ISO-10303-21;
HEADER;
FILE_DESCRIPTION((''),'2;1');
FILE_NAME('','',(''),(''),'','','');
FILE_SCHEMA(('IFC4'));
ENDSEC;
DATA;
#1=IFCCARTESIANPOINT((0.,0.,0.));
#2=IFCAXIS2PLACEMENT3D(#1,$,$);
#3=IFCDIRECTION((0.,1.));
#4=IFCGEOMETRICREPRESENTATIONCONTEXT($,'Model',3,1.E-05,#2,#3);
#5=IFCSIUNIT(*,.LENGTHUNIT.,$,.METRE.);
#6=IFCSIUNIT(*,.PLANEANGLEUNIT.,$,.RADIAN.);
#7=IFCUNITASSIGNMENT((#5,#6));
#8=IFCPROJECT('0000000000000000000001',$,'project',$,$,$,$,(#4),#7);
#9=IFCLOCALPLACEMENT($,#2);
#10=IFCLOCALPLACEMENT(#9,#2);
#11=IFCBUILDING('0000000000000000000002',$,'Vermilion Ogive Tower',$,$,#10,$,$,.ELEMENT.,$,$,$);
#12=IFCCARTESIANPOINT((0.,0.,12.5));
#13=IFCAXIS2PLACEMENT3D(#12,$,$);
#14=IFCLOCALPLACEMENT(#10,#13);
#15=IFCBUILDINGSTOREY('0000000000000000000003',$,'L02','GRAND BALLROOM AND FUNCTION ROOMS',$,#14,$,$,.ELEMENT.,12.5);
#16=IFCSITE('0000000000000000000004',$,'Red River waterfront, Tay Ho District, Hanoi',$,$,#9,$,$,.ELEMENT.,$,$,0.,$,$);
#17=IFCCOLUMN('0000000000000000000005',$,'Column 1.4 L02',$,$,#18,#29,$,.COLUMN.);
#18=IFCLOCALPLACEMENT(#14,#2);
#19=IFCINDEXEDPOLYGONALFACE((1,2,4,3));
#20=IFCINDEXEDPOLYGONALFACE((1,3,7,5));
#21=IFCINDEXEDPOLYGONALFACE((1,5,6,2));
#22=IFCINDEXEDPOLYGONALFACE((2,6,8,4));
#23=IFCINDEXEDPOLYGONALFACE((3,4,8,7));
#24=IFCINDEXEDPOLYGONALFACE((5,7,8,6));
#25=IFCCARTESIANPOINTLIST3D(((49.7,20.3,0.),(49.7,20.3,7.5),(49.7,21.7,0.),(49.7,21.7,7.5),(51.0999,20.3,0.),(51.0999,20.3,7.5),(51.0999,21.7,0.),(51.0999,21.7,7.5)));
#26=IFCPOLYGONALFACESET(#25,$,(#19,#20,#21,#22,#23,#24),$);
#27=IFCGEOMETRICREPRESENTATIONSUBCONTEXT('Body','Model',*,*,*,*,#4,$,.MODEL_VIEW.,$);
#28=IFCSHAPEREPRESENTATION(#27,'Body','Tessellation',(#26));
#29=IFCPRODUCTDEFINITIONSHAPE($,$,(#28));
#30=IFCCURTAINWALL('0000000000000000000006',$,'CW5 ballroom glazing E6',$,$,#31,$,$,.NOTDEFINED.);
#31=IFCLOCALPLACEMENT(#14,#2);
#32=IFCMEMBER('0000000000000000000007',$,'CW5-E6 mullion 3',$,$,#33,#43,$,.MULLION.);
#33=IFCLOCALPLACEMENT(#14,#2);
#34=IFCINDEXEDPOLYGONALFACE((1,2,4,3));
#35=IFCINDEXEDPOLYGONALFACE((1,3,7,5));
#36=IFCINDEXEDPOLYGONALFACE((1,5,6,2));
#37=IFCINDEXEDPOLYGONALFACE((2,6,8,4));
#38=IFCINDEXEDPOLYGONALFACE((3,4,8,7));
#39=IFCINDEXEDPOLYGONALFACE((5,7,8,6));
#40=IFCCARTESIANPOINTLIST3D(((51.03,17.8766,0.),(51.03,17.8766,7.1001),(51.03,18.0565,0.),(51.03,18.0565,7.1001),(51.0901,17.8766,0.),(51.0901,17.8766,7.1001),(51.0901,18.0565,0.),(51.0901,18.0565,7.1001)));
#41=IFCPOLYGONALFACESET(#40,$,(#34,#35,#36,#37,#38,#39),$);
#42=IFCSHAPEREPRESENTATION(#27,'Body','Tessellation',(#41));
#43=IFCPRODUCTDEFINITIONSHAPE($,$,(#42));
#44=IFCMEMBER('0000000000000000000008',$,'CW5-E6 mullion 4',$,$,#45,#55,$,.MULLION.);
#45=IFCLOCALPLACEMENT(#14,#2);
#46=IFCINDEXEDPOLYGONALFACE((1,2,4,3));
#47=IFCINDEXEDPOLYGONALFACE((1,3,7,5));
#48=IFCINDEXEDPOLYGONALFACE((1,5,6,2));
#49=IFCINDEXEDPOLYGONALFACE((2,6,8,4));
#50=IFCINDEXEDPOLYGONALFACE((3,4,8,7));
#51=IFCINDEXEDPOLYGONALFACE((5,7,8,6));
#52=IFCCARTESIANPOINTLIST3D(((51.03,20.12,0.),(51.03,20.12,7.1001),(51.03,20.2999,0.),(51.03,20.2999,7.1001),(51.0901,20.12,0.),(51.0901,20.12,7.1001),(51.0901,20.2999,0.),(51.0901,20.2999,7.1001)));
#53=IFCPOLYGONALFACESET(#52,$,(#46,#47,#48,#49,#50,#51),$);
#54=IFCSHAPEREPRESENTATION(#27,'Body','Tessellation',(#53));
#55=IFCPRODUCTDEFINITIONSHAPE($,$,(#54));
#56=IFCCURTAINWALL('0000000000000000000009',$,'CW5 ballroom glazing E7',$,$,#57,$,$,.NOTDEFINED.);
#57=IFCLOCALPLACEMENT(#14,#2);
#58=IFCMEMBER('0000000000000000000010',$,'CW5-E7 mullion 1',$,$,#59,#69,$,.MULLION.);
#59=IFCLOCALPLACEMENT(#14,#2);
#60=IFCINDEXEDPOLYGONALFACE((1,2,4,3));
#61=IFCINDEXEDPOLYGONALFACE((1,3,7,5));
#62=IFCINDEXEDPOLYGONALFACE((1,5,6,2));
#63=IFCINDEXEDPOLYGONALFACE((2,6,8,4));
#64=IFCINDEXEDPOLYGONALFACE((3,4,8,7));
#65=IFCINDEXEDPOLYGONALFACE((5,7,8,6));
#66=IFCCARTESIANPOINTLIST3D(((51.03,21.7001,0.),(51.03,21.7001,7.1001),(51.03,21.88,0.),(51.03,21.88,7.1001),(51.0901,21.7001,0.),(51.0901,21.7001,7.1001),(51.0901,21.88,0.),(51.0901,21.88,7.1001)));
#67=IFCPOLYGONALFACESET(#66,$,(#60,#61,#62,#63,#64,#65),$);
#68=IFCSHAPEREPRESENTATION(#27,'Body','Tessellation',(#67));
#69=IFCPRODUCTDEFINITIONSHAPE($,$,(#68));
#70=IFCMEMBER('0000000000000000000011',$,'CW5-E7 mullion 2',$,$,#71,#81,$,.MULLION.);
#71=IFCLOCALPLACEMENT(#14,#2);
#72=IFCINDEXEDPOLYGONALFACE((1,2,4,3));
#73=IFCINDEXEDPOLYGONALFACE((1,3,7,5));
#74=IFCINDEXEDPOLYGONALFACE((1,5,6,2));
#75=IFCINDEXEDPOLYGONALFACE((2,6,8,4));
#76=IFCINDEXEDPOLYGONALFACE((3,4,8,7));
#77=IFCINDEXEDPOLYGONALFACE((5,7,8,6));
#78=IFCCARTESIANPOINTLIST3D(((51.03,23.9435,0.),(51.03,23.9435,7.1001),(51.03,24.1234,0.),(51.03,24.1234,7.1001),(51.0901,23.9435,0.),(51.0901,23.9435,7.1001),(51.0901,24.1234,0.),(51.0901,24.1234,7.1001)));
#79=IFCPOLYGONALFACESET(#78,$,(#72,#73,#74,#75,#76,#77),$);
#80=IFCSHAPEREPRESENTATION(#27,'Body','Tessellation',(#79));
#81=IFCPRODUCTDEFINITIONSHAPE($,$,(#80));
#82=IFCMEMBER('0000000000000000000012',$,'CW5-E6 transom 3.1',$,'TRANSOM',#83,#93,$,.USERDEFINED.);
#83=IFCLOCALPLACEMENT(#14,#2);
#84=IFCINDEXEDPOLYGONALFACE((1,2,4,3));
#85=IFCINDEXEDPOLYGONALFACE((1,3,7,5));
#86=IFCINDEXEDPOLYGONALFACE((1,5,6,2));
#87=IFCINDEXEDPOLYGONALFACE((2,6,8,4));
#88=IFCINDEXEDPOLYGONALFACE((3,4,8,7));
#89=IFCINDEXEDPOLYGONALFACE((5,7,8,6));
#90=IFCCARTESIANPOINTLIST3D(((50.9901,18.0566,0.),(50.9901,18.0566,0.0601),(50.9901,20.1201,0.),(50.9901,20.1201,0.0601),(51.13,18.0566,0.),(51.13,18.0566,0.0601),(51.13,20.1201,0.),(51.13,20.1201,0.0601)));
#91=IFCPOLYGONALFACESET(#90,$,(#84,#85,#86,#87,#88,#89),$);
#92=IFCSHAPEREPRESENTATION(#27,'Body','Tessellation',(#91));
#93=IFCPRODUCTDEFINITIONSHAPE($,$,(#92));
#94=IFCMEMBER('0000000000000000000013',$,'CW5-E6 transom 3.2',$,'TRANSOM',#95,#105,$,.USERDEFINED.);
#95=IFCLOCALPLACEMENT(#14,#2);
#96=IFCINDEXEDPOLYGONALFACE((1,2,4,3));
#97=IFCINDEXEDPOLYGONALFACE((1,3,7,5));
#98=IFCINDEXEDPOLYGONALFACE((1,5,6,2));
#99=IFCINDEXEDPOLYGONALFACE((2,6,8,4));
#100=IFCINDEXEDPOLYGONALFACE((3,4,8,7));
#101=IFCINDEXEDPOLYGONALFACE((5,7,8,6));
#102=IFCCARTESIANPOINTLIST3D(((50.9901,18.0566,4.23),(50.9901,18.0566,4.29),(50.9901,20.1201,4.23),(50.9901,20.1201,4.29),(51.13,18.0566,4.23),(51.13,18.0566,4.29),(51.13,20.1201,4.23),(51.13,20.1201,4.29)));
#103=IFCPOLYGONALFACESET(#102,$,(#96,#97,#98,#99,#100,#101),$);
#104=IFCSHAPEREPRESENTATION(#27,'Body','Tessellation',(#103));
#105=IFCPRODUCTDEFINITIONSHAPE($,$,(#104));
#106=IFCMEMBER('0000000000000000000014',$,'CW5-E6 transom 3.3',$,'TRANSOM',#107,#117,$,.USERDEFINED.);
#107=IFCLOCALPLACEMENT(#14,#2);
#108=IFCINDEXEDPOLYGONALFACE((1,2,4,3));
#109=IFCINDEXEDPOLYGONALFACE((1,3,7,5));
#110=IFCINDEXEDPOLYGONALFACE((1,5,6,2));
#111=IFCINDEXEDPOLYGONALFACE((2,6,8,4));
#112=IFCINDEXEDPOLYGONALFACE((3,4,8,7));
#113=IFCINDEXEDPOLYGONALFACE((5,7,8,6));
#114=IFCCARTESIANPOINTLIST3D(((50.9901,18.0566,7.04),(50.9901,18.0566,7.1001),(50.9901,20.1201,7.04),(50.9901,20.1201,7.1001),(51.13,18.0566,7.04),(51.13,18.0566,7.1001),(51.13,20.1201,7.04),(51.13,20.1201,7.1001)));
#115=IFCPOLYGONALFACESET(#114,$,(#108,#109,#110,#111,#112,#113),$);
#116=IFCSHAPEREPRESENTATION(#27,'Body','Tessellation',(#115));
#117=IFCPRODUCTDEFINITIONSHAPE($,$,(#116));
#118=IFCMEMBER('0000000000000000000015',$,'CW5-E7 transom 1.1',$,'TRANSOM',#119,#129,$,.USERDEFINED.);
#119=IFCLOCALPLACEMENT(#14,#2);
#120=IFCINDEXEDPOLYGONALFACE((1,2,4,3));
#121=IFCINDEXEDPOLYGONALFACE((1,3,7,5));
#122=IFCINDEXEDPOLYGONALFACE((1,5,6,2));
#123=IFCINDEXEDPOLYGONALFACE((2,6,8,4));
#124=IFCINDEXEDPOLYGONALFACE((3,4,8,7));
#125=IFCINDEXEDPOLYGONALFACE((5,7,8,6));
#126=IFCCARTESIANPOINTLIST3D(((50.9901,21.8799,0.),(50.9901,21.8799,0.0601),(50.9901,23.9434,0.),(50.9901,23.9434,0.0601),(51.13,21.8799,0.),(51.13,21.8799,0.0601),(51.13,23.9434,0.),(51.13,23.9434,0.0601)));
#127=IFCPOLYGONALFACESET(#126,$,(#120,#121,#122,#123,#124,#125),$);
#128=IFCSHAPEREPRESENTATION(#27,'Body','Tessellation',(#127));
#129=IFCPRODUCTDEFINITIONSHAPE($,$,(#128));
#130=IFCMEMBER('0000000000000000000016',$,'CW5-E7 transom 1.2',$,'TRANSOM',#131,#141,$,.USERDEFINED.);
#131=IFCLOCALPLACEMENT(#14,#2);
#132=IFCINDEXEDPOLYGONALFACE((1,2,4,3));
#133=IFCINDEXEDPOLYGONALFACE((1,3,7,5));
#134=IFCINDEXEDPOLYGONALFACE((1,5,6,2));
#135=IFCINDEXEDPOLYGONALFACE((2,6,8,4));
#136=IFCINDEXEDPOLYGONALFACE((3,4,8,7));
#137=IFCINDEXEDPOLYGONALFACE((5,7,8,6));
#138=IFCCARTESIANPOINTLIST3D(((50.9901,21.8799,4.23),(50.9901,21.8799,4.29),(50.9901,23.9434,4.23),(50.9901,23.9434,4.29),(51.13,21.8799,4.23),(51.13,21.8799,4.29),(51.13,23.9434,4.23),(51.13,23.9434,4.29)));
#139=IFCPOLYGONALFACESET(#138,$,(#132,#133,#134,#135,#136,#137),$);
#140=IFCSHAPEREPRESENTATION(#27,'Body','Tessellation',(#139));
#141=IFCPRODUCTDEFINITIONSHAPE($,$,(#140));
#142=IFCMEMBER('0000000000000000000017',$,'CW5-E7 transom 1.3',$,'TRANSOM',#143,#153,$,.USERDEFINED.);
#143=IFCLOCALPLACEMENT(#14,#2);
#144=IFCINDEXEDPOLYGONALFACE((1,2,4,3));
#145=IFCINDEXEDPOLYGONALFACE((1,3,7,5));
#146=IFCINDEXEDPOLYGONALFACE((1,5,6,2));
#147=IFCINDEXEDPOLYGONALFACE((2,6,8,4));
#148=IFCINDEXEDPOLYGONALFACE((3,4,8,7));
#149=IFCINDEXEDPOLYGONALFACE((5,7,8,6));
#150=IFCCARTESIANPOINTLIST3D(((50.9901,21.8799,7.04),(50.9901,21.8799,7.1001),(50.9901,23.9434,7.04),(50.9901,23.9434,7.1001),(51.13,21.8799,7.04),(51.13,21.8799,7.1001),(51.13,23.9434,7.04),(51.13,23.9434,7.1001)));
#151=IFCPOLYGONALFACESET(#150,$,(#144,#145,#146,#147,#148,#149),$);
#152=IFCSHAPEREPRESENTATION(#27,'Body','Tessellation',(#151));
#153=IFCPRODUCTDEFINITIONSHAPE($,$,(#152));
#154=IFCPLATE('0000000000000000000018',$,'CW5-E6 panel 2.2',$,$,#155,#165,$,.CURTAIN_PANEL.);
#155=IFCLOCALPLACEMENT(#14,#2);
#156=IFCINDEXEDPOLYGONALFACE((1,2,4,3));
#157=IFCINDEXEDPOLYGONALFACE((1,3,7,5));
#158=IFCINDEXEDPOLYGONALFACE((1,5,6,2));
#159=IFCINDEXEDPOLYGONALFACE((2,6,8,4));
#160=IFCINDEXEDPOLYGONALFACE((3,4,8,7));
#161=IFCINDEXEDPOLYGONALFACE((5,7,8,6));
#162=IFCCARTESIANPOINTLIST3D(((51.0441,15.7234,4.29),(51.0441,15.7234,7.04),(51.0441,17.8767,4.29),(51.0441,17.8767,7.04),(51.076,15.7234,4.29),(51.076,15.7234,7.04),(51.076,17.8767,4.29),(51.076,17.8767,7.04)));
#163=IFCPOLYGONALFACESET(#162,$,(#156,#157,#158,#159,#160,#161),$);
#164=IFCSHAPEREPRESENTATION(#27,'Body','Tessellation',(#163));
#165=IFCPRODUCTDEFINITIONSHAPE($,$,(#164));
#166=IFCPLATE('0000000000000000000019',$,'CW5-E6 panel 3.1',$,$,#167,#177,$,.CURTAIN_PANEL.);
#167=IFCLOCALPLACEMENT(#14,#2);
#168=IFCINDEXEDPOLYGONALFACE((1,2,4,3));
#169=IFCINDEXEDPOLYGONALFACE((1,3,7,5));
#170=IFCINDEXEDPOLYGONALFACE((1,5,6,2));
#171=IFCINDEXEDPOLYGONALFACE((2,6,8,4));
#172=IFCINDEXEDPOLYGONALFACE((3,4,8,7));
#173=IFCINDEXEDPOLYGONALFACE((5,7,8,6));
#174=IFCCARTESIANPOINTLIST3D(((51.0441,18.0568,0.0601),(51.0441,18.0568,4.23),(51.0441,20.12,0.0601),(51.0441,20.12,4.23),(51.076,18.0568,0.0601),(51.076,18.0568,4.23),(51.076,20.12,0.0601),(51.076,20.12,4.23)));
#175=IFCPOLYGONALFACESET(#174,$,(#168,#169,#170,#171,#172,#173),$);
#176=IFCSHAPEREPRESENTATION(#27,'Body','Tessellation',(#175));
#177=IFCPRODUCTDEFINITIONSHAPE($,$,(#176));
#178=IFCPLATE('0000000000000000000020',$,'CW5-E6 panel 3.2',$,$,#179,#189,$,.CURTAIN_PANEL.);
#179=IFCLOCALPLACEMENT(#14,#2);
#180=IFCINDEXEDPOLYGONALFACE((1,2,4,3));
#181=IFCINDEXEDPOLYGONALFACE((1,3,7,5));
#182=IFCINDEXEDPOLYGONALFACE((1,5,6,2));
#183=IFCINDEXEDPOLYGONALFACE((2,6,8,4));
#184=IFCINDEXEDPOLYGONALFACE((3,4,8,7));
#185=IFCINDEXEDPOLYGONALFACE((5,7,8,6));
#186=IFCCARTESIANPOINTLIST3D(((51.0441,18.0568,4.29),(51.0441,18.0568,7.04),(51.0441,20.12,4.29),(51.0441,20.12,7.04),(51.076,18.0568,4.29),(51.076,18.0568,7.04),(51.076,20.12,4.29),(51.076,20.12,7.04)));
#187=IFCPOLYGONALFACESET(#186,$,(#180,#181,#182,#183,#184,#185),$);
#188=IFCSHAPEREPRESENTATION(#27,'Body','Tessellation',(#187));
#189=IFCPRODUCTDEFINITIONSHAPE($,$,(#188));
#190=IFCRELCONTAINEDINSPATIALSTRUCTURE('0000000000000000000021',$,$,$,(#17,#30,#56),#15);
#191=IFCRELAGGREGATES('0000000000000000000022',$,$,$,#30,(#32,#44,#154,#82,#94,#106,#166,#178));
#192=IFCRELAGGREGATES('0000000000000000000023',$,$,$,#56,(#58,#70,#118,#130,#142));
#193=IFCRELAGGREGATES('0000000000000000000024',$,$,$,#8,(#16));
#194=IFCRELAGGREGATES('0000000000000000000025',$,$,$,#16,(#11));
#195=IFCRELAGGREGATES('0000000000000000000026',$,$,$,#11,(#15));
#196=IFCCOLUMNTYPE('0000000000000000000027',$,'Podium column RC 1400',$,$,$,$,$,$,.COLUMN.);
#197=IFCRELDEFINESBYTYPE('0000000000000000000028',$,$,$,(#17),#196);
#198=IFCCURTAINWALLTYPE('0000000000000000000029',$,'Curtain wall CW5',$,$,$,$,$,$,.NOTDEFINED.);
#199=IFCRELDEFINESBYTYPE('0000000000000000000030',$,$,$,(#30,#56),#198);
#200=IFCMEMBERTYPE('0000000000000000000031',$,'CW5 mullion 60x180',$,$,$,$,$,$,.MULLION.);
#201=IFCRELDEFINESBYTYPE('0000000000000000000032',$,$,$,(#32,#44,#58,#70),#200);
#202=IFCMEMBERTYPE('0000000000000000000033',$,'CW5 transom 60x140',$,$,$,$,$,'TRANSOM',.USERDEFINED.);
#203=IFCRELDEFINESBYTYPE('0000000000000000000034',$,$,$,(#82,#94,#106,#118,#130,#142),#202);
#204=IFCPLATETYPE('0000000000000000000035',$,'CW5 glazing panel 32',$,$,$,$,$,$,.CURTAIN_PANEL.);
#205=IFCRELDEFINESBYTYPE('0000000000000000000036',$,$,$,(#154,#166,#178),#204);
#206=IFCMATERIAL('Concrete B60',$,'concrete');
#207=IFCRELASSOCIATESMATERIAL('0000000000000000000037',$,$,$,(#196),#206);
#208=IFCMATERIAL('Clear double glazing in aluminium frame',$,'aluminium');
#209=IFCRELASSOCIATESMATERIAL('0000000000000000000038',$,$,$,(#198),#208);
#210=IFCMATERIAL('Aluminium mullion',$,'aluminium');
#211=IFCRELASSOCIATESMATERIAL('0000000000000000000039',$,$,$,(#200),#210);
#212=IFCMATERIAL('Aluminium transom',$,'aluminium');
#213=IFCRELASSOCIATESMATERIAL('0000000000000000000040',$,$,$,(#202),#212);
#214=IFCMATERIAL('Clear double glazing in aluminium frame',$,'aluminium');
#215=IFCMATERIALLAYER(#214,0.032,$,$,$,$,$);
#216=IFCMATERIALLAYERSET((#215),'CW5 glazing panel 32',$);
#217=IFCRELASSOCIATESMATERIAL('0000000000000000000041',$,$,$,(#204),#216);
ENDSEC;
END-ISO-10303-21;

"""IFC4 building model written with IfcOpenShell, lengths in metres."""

from ifc_helpers import new_model, si_unit, direction, frame, origin, origin_2d, place, context, subcontext, project, spatial, rectangle, extrude, material, layer, layer_set, material_profile, profile_set, type_object, element, aggregate, save


model = new_model("IFC4")

# Units and contexts
model_context = context("Model", 3, precision=1e-05, world=origin(), true_north=direction((0.0, 1.0)))
body_context = subcontext(model_context, "Body", "Model", "MODEL_VIEW")
ifc_project = project(units=[si_unit("LENGTHUNIT", "METRE"), si_unit("PLANEANGLEUNIT", "RADIAN")], contexts=[model_context])

# Site, building, storey
site_placement = place(None, origin())
site = spatial("IfcSite", under=ifc_project, at=site_placement, Name="Red River waterfront, Tay Ho District, Hanoi", CompositionType="ELEMENT", RefElevation=0.0)
building_placement = place(site_placement, origin())
building = spatial("IfcBuilding", under=site, at=building_placement, Name="Vermilion Ogive Tower", CompositionType="ELEMENT")
storey_placement = place(building_placement, frame((0.0, 0.0, 12.5)))
storey = spatial("IfcBuildingStorey", under=building, at=storey_placement, Name="L02", Description="GRAND BALLROOM AND FUNCTION ROOMS", CompositionType="ELEMENT", Elevation=12.5)

# Column
ifc_material_1 = material(Name="Concrete B60", Category="concrete")
ifc_material_profile_1 = material_profile(ifc_material_1, rectangle(XDim=1.3999, YDim=1.3999, at=origin_2d()), Name="RC 1400x1400")
ifc_profile_set_1 = profile_set([ifc_material_profile_1], Name="Concrete B60")
column_type = type_object("IfcColumnType", Name="Podium column RC 1400", PredefinedType="COLUMN", material=ifc_profile_set_1)
column_placement = place(storey_placement, frame((50.3999, 21.0, 0.0), z_axis=(0.0, 0.0, 1.0), x_axis=(1.0, 0.0, 0.0)))
element("IfcColumn", 1, at=column_placement, inside=storey, type_object=column_type, Name="Column 1.4 L02", PredefinedType="COLUMN", context=body_context, shape_type="SweptSolid", body=[
    extrude(rectangle(XDim=1.3999, YDim=1.3999, at=origin_2d()), origin(), (0.0, 0.0, 1.0), 7.5),
])

# Curtain walls, members
ifc_material_2 = material(Name="Clear double glazing in aluminium frame", Category="aluminium")
curtain_wall_type = type_object("IfcCurtainWallType", Name="Curtain wall CW5", PredefinedType="NOTDEFINED", material=ifc_material_2)
curtain_wall_1_placement = place(storey_placement, origin())
curtain_wall_1 = element("IfcCurtainWall", 2, at=curtain_wall_1_placement, inside=storey, type_object=curtain_wall_type, Name="CW5 ballroom glazing E6", PredefinedType="NOTDEFINED")
ifc_material_3 = material(Name="Aluminium mullion", Category="aluminium")
ifc_material_profile_2 = material_profile(ifc_material_3, rectangle(XDim=0.0601, YDim=0.1799, at=origin_2d()), Name="AL 60x180")
ifc_profile_set_2 = profile_set([ifc_material_profile_2], Name="Aluminium mullion")
member_type_1 = type_object("IfcMemberType", Name="CW5 mullion 60x180", PredefinedType="MULLION", material=ifc_profile_set_2)
member_1_placement = place(storey_placement, frame((51.0601, 17.9666, 0.0), z_axis=(0.0, 0.0, 1.0), x_axis=(-1.0, 0.0, 0.0)))
member_1 = element("IfcMember", 3, at=member_1_placement, type_object=member_type_1, Name="CW5-E6 mullion 3", PredefinedType="MULLION", context=body_context, shape_type="SweptSolid", body=[
    extrude(rectangle(XDim=0.0601, YDim=0.1799, at=origin_2d()), origin(), (0.0, 0.0, 1.0), 7.1001),
])
member_2_placement = place(storey_placement, frame((51.0601, 20.21, 0.0), z_axis=(0.0, 0.0, 1.0), x_axis=(-1.0, 0.0, 0.0)))
member_2 = element("IfcMember", 4, at=member_2_placement, type_object=member_type_1, Name="CW5-E6 mullion 4", PredefinedType="MULLION", context=body_context, shape_type="SweptSolid", body=[
    extrude(rectangle(XDim=0.0601, YDim=0.1799, at=origin_2d()), origin(), (0.0, 0.0, 1.0), 7.1001),
])
curtain_wall_2_placement = place(storey_placement, origin())
curtain_wall_2 = element("IfcCurtainWall", 5, at=curtain_wall_2_placement, inside=storey, type_object=curtain_wall_type, Name="CW5 ballroom glazing E7", PredefinedType="NOTDEFINED")
member_3_placement = place(storey_placement, frame((51.0601, 21.79, 0.0), z_axis=(0.0, 0.0, 1.0), x_axis=(-1.0, 0.0, 0.0)))
member_3 = element("IfcMember", 6, at=member_3_placement, type_object=member_type_1, Name="CW5-E7 mullion 1", PredefinedType="MULLION", context=body_context, shape_type="SweptSolid", body=[
    extrude(rectangle(XDim=0.0601, YDim=0.1799, at=origin_2d()), origin(), (0.0, 0.0, 1.0), 7.1001),
])
member_4_placement = place(storey_placement, frame((51.0601, 24.0334, 0.0), z_axis=(0.0, 0.0, 1.0), x_axis=(-1.0, 0.0, 0.0)))
member_4 = element("IfcMember", 7, at=member_4_placement, type_object=member_type_1, Name="CW5-E7 mullion 2", PredefinedType="MULLION", context=body_context, shape_type="SweptSolid", body=[
    extrude(rectangle(XDim=0.0601, YDim=0.1799, at=origin_2d()), origin(), (0.0, 0.0, 1.0), 7.1001),
])

# Members
ifc_material_4 = material(Name="Aluminium transom", Category="aluminium")
ifc_material_profile_3 = material_profile(ifc_material_4, rectangle(XDim=0.1399, YDim=0.0601, at=origin_2d()), Name="AL 60x140")
ifc_profile_set_3 = profile_set([ifc_material_profile_3], Name="Aluminium transom")
member_type_2 = type_object("IfcMemberType", Name="CW5 transom 60x140", ElementType="TRANSOM", PredefinedType="USERDEFINED", material=ifc_profile_set_3)
member_5_placement = place(storey_placement, frame((51.0601, 18.0566, 0.03), z_axis=(0.0, 1.0, 0.0), x_axis=(-1.0, 0.0, 0.0)))
member_5 = element("IfcMember", 8, at=member_5_placement, type_object=member_type_2, Name="CW5-E6 transom 3.1", ObjectType="TRANSOM", PredefinedType="USERDEFINED", context=body_context, shape_type="SweptSolid", body=[
    extrude(rectangle(XDim=0.1399, YDim=0.0601, at=origin_2d()), origin(), (0.0, 0.0, 1.0), 2.0635),
])
member_6_placement = place(storey_placement, frame((51.0601, 18.0566, 4.26), z_axis=(0.0, 1.0, 0.0), x_axis=(-1.0, 0.0, 0.0)))
member_6 = element("IfcMember", 9, at=member_6_placement, type_object=member_type_2, Name="CW5-E6 transom 3.2", ObjectType="TRANSOM", PredefinedType="USERDEFINED", context=body_context, shape_type="SweptSolid", body=[
    extrude(rectangle(XDim=0.1399, YDim=0.0601, at=origin_2d()), origin(), (0.0, 0.0, 1.0), 2.0635),
])
member_7_placement = place(storey_placement, frame((51.0601, 18.0566, 7.0701), z_axis=(0.0, 1.0, 0.0), x_axis=(-1.0, 0.0, 0.0)))
member_7 = element("IfcMember", 10, at=member_7_placement, type_object=member_type_2, Name="CW5-E6 transom 3.3", ObjectType="TRANSOM", PredefinedType="USERDEFINED", context=body_context, shape_type="SweptSolid", body=[
    extrude(rectangle(XDim=0.1399, YDim=0.0601, at=origin_2d()), origin(), (0.0, 0.0, 1.0), 2.0635),
])
member_8_placement = place(storey_placement, frame((51.0601, 21.8799, 0.03), z_axis=(0.0, 1.0, 0.0), x_axis=(-1.0, 0.0, 0.0)))
member_8 = element("IfcMember", 11, at=member_8_placement, type_object=member_type_2, Name="CW5-E7 transom 1.1", ObjectType="TRANSOM", PredefinedType="USERDEFINED", context=body_context, shape_type="SweptSolid", body=[
    extrude(rectangle(XDim=0.1399, YDim=0.0601, at=origin_2d()), origin(), (0.0, 0.0, 1.0), 2.0635),
])
member_9_placement = place(storey_placement, frame((51.0601, 21.8799, 4.26), z_axis=(0.0, 1.0, 0.0), x_axis=(-1.0, 0.0, 0.0)))
member_9 = element("IfcMember", 12, at=member_9_placement, type_object=member_type_2, Name="CW5-E7 transom 1.2", ObjectType="TRANSOM", PredefinedType="USERDEFINED", context=body_context, shape_type="SweptSolid", body=[
    extrude(rectangle(XDim=0.1399, YDim=0.0601, at=origin_2d()), origin(), (0.0, 0.0, 1.0), 2.0635),
])
member_10_placement = place(storey_placement, frame((51.0601, 21.8799, 7.0701), z_axis=(0.0, 1.0, 0.0), x_axis=(-1.0, 0.0, 0.0)))
member_10 = element("IfcMember", 13, at=member_10_placement, type_object=member_type_2, Name="CW5-E7 transom 1.3", ObjectType="TRANSOM", PredefinedType="USERDEFINED", context=body_context, shape_type="SweptSolid", body=[
    extrude(rectangle(XDim=0.1399, YDim=0.0601, at=origin_2d()), origin(), (0.0, 0.0, 1.0), 2.0635),
])

# Plates
ifc_material_5 = material(Name="Clear double glazing in aluminium frame", Category="aluminium")
ifc_layer_1 = layer(ifc_material_5, 0.032)
ifc_layer_set_1 = layer_set([ifc_layer_1], Name="CW5 glazing panel 32")
plate_type = type_object("IfcPlateType", Name="CW5 glazing panel 32", PredefinedType="CURTAIN_PANEL", material=ifc_layer_set_1)
plate_1_placement = place(storey_placement, frame((51.0601, 16.8, 4.29), z_axis=(0.0, 0.0, 1.0), x_axis=(0.0, 1.0, 0.0)))
plate_1 = element("IfcPlate", 14, at=plate_1_placement, type_object=plate_type, Name="CW5-E6 panel 2.2", PredefinedType="CURTAIN_PANEL", context=body_context, shape_type="SweptSolid", body=[
    extrude(rectangle(XDim=2.1533, YDim=0.032, at=origin_2d()), origin(), (0.0, 0.0, 1.0), 2.75),
])
plate_2_placement = place(storey_placement, frame((51.0601, 19.0884, 0.0601), z_axis=(0.0, 0.0, 1.0), x_axis=(0.0, 1.0, 0.0)))
plate_2 = element("IfcPlate", 15, at=plate_2_placement, type_object=plate_type, Name="CW5-E6 panel 3.1", PredefinedType="CURTAIN_PANEL", context=body_context, shape_type="SweptSolid", body=[
    extrude(rectangle(XDim=2.0632, YDim=0.032, at=origin_2d()), origin(), (0.0, 0.0, 1.0), 4.1699),
])
plate_3_placement = place(storey_placement, frame((51.0601, 19.0884, 4.29), z_axis=(0.0, 0.0, 1.0), x_axis=(0.0, 1.0, 0.0)))
plate_3 = element("IfcPlate", 16, at=plate_3_placement, type_object=plate_type, Name="CW5-E6 panel 3.2", PredefinedType="CURTAIN_PANEL", context=body_context, shape_type="SweptSolid", body=[
    extrude(rectangle(XDim=2.0632, YDim=0.032, at=origin_2d()), origin(), (0.0, 0.0, 1.0), 2.75),
])
aggregate(curtain_wall_1, [member_1, member_2, plate_1, member_5, member_6, member_7, plate_2, plate_3])
aggregate(curtain_wall_2, [member_3, member_4, member_8, member_9, member_10])

save(model, "model.ifc")
